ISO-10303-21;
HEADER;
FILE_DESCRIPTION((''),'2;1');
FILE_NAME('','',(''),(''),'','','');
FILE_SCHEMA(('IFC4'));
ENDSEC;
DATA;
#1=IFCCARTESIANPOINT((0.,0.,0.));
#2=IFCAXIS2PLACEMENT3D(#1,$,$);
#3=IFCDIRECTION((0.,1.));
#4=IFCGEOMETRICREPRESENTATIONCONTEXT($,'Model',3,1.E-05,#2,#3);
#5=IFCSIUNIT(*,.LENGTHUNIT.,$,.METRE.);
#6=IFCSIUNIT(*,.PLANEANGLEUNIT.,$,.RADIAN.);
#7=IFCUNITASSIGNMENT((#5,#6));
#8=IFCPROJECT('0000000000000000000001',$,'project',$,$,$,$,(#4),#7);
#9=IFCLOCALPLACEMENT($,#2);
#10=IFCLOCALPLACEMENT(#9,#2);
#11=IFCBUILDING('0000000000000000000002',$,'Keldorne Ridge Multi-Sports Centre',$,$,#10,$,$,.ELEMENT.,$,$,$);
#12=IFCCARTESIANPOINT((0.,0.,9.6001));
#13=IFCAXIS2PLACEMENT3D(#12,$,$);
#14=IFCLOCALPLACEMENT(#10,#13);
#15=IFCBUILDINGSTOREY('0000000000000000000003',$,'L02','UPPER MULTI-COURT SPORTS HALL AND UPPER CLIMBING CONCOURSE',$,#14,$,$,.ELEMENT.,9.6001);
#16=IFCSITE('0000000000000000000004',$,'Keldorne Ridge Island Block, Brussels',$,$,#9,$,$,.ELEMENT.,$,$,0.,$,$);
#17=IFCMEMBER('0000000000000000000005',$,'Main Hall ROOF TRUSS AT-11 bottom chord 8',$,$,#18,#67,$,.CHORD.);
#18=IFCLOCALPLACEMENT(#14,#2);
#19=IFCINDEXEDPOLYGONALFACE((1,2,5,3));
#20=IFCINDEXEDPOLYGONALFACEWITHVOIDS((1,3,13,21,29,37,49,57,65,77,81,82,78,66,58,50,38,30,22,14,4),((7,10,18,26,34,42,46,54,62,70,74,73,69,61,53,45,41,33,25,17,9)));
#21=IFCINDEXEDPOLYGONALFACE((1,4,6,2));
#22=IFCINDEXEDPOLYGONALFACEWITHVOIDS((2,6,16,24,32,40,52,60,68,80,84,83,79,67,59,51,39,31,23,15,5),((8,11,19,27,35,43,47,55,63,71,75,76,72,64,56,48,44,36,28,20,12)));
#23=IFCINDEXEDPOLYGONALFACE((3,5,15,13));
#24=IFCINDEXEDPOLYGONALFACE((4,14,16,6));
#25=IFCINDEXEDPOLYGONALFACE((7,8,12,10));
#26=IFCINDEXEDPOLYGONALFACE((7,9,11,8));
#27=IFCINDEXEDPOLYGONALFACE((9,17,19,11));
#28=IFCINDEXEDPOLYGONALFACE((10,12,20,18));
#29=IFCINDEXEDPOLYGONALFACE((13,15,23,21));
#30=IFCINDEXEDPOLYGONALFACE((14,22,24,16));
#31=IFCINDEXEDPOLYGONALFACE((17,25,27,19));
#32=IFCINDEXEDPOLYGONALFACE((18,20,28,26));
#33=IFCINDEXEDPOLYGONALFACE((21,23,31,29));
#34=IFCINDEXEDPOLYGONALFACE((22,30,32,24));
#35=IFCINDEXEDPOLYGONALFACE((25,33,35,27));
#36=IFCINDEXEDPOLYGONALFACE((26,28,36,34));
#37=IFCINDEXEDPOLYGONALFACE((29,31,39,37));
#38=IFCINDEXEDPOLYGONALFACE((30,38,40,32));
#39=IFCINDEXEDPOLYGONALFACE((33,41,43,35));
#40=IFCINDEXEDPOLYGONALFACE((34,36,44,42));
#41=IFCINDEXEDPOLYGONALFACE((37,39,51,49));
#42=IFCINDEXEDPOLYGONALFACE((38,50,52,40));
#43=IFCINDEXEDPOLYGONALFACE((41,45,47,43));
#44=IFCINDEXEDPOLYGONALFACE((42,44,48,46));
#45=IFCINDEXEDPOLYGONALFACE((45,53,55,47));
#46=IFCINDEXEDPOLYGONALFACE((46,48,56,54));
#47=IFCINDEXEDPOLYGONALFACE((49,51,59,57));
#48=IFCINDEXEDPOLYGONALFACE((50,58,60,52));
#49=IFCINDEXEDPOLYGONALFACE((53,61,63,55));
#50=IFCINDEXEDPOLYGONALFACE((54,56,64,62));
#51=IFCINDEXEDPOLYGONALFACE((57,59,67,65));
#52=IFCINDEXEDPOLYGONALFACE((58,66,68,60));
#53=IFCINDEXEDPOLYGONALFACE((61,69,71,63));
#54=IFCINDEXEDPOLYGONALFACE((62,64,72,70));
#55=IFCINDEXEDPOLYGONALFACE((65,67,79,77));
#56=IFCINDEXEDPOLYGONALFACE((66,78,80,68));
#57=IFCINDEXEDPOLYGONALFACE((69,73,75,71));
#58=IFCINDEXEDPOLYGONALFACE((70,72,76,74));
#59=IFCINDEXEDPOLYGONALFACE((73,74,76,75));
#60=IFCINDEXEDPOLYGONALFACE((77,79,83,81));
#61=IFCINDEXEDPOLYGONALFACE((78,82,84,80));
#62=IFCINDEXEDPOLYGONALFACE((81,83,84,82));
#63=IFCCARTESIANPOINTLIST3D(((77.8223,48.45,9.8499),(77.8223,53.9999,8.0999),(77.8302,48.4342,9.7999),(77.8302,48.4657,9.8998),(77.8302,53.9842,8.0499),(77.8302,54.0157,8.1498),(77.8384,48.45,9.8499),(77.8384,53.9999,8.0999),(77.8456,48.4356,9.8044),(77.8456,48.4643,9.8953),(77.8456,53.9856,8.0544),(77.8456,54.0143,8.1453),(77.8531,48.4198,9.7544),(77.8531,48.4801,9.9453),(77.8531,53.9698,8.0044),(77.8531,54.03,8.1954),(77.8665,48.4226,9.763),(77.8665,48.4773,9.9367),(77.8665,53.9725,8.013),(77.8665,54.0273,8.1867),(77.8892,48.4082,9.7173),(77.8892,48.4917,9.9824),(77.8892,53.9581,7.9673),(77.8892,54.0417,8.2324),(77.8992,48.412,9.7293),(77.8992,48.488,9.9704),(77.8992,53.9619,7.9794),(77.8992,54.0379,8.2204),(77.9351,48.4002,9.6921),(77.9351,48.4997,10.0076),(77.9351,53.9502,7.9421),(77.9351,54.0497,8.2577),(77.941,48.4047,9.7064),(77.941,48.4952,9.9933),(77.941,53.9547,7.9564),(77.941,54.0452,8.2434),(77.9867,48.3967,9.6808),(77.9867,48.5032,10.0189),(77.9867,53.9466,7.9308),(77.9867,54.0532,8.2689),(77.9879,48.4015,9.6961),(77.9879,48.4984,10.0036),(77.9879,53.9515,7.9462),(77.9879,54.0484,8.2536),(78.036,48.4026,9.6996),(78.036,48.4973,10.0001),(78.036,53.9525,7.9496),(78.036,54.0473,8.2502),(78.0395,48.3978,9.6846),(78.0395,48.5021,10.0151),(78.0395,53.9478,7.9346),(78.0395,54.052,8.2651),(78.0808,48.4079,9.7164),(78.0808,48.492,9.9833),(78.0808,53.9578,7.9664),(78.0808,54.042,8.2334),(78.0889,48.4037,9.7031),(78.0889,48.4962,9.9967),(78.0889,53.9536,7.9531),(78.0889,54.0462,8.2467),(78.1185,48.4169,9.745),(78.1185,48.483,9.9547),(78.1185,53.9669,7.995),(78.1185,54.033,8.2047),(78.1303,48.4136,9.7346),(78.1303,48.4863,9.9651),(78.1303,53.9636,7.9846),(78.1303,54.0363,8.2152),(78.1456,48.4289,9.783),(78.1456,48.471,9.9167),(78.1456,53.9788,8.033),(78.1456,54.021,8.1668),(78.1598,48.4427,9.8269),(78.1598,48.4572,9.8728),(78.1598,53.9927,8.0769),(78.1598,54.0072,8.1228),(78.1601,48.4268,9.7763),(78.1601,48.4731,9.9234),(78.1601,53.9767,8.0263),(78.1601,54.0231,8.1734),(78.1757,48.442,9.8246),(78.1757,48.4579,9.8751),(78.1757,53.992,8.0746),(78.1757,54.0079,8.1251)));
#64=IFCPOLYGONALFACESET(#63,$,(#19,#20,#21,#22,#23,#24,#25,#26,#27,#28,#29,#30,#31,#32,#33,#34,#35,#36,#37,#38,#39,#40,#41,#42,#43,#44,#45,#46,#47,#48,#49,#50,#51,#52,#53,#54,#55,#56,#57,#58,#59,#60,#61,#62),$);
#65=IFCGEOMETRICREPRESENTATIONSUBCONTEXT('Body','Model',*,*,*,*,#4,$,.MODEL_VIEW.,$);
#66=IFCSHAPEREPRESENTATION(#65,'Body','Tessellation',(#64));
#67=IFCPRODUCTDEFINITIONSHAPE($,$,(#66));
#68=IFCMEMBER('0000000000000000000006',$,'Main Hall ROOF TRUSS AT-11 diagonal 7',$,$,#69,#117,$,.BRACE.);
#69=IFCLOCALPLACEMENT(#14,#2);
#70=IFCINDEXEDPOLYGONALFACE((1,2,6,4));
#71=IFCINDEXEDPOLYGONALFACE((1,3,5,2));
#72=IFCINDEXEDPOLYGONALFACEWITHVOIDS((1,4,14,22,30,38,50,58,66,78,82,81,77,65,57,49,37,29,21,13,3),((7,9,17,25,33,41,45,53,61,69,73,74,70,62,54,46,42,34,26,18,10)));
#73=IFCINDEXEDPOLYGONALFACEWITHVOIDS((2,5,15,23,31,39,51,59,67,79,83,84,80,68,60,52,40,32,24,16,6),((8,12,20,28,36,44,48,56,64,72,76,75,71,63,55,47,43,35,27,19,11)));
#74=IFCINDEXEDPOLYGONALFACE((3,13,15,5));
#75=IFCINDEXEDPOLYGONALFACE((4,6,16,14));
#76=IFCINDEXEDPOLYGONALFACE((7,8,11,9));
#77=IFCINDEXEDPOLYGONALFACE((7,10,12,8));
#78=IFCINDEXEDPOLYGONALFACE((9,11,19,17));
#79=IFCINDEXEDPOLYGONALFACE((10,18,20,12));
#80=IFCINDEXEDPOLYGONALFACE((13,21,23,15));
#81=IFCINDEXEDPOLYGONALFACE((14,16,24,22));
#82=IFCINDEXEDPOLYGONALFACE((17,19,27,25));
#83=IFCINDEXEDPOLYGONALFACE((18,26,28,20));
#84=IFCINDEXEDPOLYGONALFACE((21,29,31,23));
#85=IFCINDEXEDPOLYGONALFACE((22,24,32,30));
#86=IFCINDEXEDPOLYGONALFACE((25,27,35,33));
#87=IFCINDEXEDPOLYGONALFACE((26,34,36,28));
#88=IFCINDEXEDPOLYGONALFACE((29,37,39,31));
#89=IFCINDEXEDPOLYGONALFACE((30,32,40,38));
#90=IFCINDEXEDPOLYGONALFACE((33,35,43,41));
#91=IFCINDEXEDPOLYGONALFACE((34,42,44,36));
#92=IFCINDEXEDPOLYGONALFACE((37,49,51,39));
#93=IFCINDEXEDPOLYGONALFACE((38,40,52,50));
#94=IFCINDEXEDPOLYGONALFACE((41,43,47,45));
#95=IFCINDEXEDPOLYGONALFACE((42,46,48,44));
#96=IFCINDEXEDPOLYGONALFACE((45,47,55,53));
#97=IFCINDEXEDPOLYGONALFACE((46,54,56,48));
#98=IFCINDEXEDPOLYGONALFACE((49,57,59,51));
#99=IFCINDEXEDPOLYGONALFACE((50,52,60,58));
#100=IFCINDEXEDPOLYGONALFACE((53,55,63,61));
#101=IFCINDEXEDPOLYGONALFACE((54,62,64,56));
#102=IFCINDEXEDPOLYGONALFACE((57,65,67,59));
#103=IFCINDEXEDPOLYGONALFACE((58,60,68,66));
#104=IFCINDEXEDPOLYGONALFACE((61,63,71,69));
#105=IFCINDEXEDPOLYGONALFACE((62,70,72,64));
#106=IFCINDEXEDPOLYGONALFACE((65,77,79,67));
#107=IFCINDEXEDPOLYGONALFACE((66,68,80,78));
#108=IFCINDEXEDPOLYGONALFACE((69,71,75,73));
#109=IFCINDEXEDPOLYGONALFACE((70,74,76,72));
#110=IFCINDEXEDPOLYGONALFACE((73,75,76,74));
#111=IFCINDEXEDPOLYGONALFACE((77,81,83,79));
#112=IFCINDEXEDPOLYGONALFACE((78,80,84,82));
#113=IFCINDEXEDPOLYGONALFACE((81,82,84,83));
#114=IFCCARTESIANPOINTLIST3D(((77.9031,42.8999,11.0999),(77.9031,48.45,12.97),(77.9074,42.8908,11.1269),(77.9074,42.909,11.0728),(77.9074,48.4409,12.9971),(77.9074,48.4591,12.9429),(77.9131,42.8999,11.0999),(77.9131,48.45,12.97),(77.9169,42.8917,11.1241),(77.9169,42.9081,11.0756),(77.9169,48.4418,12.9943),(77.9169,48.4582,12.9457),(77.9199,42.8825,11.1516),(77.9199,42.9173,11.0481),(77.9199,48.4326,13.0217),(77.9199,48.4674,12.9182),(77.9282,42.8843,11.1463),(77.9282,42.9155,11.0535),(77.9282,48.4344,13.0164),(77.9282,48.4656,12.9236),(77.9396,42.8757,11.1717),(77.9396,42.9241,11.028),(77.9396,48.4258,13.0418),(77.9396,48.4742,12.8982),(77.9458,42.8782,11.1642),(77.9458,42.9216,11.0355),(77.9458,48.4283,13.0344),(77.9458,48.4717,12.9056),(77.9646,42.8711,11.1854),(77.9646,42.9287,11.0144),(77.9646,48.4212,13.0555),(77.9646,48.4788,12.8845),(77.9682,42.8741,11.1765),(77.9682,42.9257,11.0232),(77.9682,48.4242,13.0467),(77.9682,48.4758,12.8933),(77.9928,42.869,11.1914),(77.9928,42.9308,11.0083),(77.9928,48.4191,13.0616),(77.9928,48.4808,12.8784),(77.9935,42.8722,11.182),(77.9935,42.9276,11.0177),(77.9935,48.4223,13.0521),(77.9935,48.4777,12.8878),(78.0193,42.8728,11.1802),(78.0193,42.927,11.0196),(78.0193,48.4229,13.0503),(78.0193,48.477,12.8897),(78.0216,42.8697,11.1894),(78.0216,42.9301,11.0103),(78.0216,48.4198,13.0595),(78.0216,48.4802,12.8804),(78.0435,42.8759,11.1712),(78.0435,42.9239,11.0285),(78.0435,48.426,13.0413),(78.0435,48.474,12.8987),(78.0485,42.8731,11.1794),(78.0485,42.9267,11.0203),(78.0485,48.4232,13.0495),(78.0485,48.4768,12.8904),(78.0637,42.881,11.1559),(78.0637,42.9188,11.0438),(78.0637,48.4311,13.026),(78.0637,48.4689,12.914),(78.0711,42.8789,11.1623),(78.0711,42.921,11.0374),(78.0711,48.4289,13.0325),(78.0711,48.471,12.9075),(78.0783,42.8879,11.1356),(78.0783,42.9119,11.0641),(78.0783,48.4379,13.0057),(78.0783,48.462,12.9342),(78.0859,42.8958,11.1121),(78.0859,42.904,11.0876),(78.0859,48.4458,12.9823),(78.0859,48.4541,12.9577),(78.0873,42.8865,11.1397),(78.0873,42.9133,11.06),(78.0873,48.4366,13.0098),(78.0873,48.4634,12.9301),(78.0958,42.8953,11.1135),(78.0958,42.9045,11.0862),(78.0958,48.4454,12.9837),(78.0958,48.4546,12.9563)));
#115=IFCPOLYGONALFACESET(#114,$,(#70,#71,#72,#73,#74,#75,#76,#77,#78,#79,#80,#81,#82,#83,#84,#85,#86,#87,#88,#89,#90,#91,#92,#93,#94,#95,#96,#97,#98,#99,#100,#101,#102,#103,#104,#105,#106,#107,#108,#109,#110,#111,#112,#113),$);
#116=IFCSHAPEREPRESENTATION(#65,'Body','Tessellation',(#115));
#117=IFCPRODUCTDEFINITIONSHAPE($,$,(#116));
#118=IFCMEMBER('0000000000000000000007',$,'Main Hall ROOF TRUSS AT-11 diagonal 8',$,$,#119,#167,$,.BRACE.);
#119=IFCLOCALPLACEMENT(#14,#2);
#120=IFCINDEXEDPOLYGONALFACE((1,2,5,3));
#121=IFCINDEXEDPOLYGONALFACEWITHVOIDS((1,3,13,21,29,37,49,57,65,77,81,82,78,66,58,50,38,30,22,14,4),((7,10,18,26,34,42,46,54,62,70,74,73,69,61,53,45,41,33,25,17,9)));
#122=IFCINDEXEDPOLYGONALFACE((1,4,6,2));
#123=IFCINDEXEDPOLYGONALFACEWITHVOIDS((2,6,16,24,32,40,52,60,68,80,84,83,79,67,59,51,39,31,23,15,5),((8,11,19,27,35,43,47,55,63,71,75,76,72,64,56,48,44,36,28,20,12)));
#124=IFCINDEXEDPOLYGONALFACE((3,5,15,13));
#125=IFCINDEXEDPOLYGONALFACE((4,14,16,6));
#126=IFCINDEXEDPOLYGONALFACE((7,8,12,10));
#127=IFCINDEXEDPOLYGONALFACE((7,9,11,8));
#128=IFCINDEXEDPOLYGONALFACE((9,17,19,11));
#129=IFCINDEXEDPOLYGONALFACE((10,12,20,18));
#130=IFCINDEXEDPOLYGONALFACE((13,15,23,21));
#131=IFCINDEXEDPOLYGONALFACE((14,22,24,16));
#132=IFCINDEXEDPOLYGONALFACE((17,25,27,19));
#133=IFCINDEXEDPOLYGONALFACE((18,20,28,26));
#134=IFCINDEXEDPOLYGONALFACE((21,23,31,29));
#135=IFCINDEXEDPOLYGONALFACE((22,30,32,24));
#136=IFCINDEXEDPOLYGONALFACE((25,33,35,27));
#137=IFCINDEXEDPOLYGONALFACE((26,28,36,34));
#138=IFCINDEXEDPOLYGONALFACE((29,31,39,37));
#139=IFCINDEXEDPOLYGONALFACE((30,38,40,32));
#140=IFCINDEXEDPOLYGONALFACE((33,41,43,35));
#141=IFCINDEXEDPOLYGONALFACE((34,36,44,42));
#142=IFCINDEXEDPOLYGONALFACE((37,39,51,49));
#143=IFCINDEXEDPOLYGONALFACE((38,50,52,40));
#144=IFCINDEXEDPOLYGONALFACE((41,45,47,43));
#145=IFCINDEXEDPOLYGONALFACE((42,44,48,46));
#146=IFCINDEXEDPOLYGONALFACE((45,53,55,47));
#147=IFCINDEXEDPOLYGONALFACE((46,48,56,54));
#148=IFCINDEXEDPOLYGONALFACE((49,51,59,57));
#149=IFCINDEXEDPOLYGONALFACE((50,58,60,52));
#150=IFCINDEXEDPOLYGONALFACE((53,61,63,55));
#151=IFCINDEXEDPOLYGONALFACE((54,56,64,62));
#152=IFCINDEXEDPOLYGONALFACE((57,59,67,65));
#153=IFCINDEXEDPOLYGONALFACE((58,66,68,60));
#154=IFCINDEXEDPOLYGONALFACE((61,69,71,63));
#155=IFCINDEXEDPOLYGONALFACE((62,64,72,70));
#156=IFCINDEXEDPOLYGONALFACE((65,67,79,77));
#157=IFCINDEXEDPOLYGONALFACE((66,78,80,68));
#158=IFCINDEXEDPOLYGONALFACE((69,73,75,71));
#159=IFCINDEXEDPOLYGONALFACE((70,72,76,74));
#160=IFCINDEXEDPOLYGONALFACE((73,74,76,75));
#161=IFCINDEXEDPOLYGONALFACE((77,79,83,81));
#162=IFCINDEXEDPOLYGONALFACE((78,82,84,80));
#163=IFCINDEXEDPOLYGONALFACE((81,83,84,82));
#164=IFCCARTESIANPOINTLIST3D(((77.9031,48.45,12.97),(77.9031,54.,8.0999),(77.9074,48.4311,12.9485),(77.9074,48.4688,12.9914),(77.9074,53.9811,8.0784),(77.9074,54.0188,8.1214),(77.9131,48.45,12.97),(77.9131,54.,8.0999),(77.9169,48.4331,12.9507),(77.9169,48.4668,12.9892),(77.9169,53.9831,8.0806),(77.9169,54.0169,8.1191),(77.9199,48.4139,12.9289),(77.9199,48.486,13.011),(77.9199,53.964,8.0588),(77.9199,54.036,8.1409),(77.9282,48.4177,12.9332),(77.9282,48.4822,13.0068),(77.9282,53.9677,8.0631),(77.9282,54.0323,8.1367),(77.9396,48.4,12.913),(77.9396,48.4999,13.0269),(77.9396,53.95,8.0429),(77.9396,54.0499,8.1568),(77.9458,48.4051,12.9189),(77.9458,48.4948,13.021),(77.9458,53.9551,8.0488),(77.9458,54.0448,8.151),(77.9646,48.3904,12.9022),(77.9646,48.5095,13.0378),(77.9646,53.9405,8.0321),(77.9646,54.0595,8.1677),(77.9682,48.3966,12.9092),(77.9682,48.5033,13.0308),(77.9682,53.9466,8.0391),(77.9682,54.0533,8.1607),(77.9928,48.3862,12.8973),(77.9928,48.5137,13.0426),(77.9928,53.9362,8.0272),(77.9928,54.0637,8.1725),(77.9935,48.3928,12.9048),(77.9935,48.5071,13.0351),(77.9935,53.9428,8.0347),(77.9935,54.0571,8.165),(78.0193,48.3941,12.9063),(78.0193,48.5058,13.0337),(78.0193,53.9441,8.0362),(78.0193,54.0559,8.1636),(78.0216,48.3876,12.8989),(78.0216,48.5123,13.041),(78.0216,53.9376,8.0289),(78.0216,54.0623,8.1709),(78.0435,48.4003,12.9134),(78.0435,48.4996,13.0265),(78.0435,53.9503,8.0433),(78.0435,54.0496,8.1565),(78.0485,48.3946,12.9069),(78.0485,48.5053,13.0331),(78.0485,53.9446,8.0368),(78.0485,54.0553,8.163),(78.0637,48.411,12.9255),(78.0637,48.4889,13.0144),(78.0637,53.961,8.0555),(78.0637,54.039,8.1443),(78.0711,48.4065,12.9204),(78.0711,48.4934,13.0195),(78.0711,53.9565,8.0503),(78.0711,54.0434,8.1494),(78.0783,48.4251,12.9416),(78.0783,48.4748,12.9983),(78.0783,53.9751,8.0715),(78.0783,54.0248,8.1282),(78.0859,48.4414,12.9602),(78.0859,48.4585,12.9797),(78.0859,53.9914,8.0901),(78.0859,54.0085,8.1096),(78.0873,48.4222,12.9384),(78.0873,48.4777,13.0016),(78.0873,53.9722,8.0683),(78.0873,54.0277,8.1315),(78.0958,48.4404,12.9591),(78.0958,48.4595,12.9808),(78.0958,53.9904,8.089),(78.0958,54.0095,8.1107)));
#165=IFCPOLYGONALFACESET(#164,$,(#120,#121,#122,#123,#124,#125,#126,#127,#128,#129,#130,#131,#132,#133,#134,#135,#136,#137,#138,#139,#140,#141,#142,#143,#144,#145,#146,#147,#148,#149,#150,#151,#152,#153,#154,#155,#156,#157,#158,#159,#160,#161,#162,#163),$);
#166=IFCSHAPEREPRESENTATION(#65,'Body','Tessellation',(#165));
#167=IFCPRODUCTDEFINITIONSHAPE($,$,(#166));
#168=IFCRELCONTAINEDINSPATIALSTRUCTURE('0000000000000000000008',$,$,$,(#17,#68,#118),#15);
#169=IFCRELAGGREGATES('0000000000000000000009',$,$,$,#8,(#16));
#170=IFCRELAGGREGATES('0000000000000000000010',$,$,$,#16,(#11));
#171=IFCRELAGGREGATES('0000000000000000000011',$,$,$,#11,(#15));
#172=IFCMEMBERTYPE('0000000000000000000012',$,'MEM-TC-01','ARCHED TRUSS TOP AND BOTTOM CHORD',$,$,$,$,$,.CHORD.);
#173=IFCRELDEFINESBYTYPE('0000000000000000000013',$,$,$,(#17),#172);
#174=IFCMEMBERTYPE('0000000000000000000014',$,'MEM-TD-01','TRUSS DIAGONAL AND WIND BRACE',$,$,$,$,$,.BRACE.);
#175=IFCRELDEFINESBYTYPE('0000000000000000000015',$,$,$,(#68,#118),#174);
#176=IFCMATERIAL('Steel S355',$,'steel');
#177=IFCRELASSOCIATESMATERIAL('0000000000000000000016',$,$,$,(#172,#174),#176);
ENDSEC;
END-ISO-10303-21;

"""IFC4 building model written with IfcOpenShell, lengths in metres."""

from ifc_helpers import new_model, si_unit, direction, frame, origin, origin_2d, place, context, subcontext, project, spatial, hollow_circle, extrude, material, material_profile, profile_set, type_object, element, save


model = new_model("IFC4")

# Units and contexts
model_context = context("Model", 3, precision=1e-05, world=origin(), true_north=direction((0.0, 1.0)))
body_context = subcontext(model_context, "Body", "Model", "MODEL_VIEW")
ifc_project = project(units=[si_unit("LENGTHUNIT", "METRE"), si_unit("PLANEANGLEUNIT", "RADIAN")], contexts=[model_context])

# Site, building, storey
site_placement = place(None, origin())
site = spatial("IfcSite", under=ifc_project, at=site_placement, Name="Keldorne Ridge Island Block, Brussels", CompositionType="ELEMENT", RefElevation=0.0)
building_placement = place(site_placement, origin())
building = spatial("IfcBuilding", under=site, at=building_placement, Name="Keldorne Ridge Multi-Sports Centre", CompositionType="ELEMENT")
storey_placement = place(building_placement, frame((0.0, 0.0, 9.6001)))
storey = spatial("IfcBuildingStorey", under=building, at=storey_placement, Name="L02", Description="UPPER MULTI-COURT SPORTS HALL AND UPPER CLIMBING CONCOURSE", CompositionType="ELEMENT", Elevation=9.6001)

# Shared definitions
ifc_material_1 = material(Name="Steel S355", Category="steel")

# Members
ifc_material_profile_1 = material_profile(ifc_material_1, hollow_circle(Radius=0.1777, WallThickness=0.0161, at=origin_2d()), Name="CHS 355.6x16")
ifc_profile_set_1 = profile_set([ifc_material_profile_1], Name="Steel S355")
member_type_1 = type_object("IfcMemberType", Name="MEM-TC-01", Description="ARCHED TRUSS TOP AND BOTTOM CHORD", PredefinedType="CHORD", material=ifc_profile_set_1)
member_1_placement = place(storey_placement, frame((78.0, 48.45, 9.8499), z_axis=(0.0, 0.953713, -0.300718), x_axis=(-1.0, 0.0, 0.0)))
element("IfcMember", 1, at=member_1_placement, inside=storey, type_object=member_type_1, Name="Main Hall ROOF TRUSS AT-11 bottom chord 8", PredefinedType="CHORD", context=body_context, shape_type="SweptSolid", body=[
    extrude(hollow_circle(Radius=0.1777, WallThickness=0.0161, at=origin_2d()), origin(), (0.0, 0.0, 1.0), 5.8193),
])
ifc_material_profile_2 = material_profile(ifc_material_1, hollow_circle(Radius=0.0969, WallThickness=0.01, at=origin_2d()), Name="CHS 193.7x10")
ifc_profile_set_2 = profile_set([ifc_material_profile_2], Name="Steel S355")
member_type_2 = type_object("IfcMemberType", Name="MEM-TD-01", Description="TRUSS DIAGONAL AND WIND BRACE", PredefinedType="BRACE", material=ifc_profile_set_2)
member_2_placement = place(storey_placement, frame((78.0, 42.8999, 11.0999), z_axis=(0.0, 0.947649, 0.319315), x_axis=(-1.0, 0.0, 0.0)))
element("IfcMember", 2, at=member_2_placement, inside=storey, type_object=member_type_2, Name="Main Hall ROOF TRUSS AT-11 diagonal 7", PredefinedType="BRACE", context=body_context, shape_type="SweptSolid", body=[
    extrude(hollow_circle(Radius=0.0969, WallThickness=0.01, at=origin_2d()), origin(), (0.0, 0.0, 1.0), 5.8567),
])
member_3_placement = place(storey_placement, frame((78.0, 48.45, 12.97), z_axis=(0.0, 0.751648, -0.659564), x_axis=(-1.0, 0.0, 0.0)))
element("IfcMember", 3, at=member_3_placement, inside=storey, type_object=member_type_2, Name="Main Hall ROOF TRUSS AT-11 diagonal 8", PredefinedType="BRACE", context=body_context, shape_type="SweptSolid", body=[
    extrude(hollow_circle(Radius=0.0969, WallThickness=0.01, at=origin_2d()), origin(), (0.0, 0.0, 1.0), 7.3838),
])

save(model, "model.ifc")
